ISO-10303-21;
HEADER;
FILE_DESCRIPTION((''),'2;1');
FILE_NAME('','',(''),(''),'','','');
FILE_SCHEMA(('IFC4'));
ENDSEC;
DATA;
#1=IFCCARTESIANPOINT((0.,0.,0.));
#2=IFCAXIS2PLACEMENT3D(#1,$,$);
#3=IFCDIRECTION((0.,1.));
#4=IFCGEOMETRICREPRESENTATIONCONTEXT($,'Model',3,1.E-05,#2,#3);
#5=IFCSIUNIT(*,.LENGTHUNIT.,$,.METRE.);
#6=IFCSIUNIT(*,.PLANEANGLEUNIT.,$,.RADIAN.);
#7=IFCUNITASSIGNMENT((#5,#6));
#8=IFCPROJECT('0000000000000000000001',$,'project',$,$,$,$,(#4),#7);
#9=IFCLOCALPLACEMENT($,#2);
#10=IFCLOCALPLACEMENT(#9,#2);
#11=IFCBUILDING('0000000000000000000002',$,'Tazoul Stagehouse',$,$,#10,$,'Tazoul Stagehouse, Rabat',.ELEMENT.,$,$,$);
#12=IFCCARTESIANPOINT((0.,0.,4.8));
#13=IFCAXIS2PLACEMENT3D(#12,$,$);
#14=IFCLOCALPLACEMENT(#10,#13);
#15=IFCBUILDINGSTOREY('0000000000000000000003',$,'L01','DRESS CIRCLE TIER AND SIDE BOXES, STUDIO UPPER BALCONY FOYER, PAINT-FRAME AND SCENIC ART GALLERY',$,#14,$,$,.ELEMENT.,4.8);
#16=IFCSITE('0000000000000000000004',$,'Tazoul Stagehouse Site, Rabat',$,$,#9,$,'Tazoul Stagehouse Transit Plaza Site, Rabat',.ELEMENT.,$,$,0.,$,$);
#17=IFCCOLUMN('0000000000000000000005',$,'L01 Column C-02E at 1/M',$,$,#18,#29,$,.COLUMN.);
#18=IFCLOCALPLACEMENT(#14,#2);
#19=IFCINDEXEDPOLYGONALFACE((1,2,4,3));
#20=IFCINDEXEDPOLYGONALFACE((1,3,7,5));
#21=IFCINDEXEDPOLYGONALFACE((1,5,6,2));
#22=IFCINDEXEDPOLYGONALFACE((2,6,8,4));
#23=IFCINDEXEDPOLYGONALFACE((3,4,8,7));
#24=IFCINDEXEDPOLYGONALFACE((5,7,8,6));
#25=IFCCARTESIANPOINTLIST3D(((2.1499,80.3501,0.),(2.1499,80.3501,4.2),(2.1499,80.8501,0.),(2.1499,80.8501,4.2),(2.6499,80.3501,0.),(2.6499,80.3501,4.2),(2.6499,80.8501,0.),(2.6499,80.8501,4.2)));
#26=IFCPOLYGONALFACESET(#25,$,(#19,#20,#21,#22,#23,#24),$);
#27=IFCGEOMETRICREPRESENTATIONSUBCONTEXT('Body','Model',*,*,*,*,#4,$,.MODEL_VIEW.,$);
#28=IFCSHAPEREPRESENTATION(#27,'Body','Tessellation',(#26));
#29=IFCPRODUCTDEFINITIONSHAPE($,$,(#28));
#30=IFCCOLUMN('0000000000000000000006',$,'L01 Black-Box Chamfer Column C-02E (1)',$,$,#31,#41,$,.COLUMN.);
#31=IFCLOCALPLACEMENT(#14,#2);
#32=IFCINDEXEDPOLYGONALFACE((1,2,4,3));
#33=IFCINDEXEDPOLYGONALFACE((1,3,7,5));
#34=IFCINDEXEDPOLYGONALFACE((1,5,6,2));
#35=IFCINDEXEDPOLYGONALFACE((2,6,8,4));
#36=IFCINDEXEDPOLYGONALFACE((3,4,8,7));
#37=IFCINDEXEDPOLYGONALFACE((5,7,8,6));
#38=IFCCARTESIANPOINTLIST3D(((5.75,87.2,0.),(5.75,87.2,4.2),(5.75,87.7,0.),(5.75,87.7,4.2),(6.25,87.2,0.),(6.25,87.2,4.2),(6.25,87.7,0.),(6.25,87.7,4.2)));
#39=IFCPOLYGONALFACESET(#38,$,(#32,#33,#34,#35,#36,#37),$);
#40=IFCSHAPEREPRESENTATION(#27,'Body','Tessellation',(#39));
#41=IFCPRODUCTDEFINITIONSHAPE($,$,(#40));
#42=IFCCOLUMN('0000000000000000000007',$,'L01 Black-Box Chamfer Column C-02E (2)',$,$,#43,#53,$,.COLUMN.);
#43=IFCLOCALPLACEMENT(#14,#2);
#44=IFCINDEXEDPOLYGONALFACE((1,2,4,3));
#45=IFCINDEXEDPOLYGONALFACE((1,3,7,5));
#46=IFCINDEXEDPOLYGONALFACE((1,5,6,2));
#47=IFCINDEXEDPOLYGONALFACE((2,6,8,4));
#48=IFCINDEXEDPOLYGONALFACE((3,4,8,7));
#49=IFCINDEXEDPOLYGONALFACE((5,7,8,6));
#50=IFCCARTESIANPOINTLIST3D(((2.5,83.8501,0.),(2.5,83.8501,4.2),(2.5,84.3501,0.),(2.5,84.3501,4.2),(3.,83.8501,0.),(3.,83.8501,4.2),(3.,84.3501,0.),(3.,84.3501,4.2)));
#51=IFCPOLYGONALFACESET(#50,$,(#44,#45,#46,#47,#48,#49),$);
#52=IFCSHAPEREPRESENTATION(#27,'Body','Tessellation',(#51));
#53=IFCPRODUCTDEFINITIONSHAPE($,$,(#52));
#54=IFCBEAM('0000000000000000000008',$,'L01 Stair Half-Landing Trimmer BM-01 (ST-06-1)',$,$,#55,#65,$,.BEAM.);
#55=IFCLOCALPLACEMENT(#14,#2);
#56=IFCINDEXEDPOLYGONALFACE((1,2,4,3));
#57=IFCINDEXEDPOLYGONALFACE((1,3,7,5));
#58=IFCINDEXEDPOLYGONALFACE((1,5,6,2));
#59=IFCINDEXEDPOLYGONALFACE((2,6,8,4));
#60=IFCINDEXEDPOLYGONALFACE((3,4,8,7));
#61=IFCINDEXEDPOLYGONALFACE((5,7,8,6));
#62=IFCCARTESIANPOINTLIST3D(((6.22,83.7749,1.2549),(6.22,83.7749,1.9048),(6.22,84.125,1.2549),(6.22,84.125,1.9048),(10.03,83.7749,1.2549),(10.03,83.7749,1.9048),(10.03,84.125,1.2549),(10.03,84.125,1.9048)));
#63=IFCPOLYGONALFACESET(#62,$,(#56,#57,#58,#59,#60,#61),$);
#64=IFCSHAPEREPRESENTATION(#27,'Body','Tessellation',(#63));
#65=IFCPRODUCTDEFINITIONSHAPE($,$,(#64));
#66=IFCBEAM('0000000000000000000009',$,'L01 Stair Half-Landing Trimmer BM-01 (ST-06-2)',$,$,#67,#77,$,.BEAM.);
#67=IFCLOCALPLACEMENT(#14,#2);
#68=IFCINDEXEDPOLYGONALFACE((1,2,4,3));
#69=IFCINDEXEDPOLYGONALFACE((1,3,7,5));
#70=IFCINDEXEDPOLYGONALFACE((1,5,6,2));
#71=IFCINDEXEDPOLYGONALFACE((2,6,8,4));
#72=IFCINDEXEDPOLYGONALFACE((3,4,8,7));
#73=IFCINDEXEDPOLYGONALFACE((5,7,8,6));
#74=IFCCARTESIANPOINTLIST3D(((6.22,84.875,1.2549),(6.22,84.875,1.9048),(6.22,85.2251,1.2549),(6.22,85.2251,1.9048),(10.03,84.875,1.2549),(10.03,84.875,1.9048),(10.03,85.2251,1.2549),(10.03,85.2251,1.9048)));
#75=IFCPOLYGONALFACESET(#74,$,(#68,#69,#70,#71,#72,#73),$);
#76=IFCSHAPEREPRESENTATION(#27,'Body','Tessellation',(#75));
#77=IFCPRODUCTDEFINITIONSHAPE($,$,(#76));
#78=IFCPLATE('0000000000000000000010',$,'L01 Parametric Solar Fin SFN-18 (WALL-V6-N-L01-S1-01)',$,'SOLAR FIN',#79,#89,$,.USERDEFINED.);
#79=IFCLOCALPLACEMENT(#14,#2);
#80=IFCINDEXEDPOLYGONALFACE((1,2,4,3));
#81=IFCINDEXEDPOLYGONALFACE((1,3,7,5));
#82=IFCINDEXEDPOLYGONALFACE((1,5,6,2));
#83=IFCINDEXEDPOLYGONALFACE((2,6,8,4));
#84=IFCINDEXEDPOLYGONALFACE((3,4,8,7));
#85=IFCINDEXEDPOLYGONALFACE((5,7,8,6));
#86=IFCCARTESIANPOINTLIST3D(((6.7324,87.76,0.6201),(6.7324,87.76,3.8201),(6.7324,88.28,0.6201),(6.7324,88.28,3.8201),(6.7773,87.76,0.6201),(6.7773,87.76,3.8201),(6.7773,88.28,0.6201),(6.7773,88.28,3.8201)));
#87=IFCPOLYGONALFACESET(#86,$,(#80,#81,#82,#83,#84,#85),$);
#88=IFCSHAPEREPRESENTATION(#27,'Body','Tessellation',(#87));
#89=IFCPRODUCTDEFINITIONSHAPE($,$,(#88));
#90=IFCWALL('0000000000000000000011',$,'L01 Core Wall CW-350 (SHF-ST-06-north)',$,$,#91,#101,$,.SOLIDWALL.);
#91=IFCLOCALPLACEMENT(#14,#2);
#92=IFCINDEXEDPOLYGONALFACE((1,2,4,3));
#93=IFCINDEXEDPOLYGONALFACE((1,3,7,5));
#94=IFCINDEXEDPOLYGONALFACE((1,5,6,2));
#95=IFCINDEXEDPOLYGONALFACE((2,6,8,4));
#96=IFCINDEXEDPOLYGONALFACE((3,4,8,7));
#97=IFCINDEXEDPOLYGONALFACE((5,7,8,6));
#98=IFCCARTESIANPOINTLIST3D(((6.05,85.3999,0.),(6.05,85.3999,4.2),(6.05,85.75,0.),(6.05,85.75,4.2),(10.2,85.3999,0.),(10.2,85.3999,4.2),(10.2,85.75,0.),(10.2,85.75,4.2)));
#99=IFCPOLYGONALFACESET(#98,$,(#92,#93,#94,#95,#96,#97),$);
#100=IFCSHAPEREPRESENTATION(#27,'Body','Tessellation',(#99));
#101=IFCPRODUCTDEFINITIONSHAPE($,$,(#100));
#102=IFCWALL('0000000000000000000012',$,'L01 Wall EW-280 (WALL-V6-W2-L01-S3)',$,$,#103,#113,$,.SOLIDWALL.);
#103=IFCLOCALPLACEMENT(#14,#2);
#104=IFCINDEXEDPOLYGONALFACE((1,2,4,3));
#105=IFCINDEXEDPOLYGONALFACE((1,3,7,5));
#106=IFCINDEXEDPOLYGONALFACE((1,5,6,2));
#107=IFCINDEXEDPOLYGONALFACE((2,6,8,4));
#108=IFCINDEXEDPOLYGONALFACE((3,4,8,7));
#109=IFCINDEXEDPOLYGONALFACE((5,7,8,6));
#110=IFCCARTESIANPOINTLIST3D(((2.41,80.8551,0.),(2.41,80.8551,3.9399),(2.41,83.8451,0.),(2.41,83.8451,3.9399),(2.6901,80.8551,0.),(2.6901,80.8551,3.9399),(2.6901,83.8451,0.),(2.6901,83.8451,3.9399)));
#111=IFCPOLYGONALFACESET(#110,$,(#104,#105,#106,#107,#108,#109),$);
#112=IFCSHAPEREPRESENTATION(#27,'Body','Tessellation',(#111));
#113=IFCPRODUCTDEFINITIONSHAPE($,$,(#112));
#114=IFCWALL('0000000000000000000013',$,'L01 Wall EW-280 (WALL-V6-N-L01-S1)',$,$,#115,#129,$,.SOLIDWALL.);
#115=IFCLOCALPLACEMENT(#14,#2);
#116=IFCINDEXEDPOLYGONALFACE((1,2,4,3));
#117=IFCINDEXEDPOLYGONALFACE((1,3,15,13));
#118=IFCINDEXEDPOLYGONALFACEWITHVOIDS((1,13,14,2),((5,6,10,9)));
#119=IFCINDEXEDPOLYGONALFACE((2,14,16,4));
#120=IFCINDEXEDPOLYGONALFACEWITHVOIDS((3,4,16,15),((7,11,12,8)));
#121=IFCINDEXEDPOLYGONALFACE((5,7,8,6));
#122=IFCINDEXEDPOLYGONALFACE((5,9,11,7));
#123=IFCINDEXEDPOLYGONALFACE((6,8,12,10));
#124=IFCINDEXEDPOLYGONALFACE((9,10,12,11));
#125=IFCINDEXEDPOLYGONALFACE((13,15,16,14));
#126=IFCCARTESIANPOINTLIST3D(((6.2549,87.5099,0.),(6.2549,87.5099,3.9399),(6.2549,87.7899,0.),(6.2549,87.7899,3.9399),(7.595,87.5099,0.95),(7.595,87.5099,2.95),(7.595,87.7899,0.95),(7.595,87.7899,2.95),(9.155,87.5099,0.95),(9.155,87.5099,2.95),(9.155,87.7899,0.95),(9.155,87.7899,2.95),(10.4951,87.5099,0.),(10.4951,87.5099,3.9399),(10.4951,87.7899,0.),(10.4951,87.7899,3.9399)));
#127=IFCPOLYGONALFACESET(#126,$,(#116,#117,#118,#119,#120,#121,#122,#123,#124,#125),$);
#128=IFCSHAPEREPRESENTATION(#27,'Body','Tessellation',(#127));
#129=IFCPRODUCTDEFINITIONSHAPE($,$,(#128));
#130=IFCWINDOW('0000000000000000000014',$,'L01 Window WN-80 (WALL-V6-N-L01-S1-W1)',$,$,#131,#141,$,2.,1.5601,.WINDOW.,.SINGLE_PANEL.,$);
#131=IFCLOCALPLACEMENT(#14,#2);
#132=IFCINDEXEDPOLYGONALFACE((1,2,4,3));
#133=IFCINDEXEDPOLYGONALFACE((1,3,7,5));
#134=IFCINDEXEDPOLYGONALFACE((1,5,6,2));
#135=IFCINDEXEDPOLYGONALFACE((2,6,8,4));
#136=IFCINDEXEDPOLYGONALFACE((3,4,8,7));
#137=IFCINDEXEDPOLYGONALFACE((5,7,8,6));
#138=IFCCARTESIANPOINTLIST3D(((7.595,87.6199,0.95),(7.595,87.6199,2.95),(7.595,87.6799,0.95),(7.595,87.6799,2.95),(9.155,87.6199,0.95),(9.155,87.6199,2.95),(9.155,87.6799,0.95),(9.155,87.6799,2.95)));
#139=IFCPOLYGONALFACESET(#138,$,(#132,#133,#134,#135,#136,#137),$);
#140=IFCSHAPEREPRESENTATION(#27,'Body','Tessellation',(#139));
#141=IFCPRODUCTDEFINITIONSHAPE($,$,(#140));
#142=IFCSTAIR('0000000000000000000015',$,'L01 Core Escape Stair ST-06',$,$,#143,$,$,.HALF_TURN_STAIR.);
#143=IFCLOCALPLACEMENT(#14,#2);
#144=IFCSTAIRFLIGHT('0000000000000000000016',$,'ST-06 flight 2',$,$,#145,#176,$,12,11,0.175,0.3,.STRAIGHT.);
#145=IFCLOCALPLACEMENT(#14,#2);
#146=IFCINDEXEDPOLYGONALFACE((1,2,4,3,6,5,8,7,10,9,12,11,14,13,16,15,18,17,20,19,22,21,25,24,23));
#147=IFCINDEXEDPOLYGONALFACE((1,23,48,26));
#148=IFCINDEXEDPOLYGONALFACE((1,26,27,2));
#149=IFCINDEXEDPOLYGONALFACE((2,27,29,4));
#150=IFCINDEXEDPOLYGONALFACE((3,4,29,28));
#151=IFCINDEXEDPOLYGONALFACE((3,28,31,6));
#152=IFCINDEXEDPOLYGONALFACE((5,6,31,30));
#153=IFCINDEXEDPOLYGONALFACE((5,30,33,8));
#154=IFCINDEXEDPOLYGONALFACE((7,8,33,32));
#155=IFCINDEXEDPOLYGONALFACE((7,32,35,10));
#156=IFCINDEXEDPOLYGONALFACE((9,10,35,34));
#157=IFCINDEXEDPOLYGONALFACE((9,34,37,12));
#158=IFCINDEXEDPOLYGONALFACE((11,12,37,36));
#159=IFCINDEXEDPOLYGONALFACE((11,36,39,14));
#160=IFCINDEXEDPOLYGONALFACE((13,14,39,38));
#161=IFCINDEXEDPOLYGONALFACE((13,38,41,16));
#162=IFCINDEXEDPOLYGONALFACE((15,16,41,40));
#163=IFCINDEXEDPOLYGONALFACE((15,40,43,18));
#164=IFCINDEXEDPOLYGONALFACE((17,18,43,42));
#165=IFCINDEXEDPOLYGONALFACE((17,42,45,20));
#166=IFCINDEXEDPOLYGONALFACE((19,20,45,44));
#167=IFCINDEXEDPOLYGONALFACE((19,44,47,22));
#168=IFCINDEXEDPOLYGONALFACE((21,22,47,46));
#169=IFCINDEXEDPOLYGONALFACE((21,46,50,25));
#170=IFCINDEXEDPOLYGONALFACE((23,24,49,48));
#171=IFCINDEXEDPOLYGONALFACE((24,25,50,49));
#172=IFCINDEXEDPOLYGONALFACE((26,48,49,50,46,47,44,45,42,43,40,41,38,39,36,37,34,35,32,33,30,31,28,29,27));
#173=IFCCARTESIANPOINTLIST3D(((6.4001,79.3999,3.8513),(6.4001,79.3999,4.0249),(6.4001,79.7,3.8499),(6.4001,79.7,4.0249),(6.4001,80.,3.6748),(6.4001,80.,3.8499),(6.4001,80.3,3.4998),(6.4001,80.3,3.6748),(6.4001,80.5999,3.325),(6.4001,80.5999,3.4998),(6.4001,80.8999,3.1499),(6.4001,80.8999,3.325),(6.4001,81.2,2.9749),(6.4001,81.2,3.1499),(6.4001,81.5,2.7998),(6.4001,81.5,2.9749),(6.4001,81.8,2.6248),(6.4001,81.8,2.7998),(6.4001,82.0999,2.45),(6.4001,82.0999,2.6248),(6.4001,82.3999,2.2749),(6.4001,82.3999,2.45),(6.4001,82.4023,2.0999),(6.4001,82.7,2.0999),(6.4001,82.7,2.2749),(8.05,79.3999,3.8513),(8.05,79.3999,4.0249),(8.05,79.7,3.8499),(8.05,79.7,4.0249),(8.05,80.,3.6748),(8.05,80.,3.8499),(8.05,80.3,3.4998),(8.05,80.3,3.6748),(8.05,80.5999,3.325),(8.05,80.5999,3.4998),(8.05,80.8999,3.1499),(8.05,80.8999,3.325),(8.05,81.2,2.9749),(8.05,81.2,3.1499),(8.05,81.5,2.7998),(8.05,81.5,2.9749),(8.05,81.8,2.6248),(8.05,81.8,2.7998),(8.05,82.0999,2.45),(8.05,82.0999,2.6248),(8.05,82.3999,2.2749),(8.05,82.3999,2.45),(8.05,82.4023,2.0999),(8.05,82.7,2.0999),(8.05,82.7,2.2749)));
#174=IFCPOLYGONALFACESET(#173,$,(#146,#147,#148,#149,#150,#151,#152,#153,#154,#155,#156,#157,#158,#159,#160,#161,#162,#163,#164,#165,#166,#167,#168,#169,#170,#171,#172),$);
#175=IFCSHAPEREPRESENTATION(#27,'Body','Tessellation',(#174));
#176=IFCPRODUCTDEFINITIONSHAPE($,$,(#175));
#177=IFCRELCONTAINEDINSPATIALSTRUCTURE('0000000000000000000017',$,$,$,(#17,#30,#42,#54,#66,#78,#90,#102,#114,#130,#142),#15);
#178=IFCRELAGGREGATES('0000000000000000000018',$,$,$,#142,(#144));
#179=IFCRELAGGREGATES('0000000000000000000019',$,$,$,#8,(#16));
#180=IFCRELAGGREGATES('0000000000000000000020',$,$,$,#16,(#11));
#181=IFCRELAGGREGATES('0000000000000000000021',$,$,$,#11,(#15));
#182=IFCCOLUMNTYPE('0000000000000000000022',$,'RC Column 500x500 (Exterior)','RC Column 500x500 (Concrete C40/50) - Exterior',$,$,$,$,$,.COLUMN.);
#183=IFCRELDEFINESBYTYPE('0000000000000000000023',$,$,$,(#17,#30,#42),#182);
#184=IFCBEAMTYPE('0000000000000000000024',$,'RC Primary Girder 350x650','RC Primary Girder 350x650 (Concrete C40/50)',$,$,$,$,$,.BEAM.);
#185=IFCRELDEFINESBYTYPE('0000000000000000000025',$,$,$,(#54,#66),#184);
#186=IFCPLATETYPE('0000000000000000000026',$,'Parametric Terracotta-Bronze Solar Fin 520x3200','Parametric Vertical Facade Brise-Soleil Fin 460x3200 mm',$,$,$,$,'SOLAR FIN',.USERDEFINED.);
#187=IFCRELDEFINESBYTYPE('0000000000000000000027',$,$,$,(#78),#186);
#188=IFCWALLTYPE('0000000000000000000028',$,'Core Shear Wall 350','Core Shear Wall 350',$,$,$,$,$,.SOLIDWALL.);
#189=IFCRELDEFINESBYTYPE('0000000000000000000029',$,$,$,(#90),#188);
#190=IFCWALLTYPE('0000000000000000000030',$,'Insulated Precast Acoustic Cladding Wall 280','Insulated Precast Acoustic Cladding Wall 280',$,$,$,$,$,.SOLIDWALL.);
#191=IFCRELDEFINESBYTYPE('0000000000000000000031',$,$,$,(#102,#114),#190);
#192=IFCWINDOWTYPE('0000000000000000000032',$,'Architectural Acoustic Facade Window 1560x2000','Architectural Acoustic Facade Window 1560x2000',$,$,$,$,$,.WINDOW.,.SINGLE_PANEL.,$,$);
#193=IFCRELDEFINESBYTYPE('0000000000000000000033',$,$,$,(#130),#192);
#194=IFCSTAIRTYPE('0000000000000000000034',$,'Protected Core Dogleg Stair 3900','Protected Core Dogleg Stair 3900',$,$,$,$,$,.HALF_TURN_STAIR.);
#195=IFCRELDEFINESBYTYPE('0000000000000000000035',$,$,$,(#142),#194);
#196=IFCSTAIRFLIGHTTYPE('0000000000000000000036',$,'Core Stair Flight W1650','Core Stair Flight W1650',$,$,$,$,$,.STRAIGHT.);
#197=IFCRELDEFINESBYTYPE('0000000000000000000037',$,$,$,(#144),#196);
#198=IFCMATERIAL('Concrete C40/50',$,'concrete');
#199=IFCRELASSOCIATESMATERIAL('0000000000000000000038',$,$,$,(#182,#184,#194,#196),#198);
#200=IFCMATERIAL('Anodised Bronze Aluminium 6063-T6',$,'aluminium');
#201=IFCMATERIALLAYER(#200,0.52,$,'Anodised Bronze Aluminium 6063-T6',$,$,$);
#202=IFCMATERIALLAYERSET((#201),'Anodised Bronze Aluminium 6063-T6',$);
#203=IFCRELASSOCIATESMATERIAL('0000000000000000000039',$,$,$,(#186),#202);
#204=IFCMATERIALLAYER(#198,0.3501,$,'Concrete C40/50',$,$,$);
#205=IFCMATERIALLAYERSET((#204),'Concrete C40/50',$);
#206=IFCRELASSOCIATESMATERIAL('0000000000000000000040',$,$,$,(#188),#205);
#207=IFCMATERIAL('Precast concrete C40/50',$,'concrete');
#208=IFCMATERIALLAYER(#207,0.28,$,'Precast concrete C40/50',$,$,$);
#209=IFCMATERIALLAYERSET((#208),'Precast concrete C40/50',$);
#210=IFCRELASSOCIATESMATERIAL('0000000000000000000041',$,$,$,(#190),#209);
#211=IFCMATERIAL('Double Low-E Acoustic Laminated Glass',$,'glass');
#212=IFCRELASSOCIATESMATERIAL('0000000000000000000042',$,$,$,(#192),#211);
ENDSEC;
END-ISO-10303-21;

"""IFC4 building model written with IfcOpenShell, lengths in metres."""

from ifc_helpers import new_model, si_unit, direction, frame, frame_2d, origin, origin_2d, place, context, subcontext, project, spatial, polyline, rectangle, outline, extrude, material, layer, layer_set, material_profile, profile_set, type_object, element, fill, aggregate, save


model = new_model("IFC4")

# Units and contexts
model_context = context("Model", 3, precision=1e-05, world=origin(), true_north=direction((0.0, 1.0)))
body_context = subcontext(model_context, "Body", "Model", "MODEL_VIEW")
ifc_project = project(units=[si_unit("LENGTHUNIT", "METRE"), si_unit("PLANEANGLEUNIT", "RADIAN")], contexts=[model_context])

# Site, building, storey
site_placement = place(None, origin())
site = spatial("IfcSite", under=ifc_project, at=site_placement, Name="Tazoul Stagehouse Site, Rabat", LongName="Tazoul Stagehouse Transit Plaza Site, Rabat", CompositionType="ELEMENT", RefElevation=0.0)
building_placement = place(site_placement, origin())
building = spatial("IfcBuilding", under=site, at=building_placement, Name="Tazoul Stagehouse", LongName="Tazoul Stagehouse, Rabat", CompositionType="ELEMENT")
storey_placement = place(building_placement, frame((0.0, 0.0, 4.8)))
storey = spatial("IfcBuildingStorey", under=building, at=storey_placement, Name="L01", Description="DRESS CIRCLE TIER AND SIDE BOXES, STUDIO UPPER BALCONY FOYER, PAINT-FRAME AND SCENIC ART GALLERY", CompositionType="ELEMENT", Elevation=4.8)

# Columns
ifc_material_1 = material(Name="Concrete C40/50", Category="concrete")
ifc_material_profile_1 = material_profile(ifc_material_1, rectangle(XDim=0.5, YDim=0.5, at=origin_2d()), Name="RC 500x500")
ifc_profile_set_1 = profile_set([ifc_material_profile_1], Name="Concrete C40/50")
column_type = type_object("IfcColumnType", Name="RC Column 500x500 (Exterior)", Description="RC Column 500x500 (Concrete C40/50) - Exterior", PredefinedType="COLUMN", material=ifc_profile_set_1)
for number, where, z_axis, x_axis, name in (
    (1, (2.3999, 80.6001, 0.0), (0.0, 0.0, 1.0), (1.0, 0.0, 0.0), "L01 Column C-02E at 1/M"),
    (2, (6.0, 87.45, 0.0), (0.0, 0.0, 1.0), (1.0, 0.0, 0.0), "L01 Black-Box Chamfer Column C-02E (1)"),
    (3, (2.75, 84.1001, 0.0), (0.0, 0.0, 1.0), (1.0, 0.0, 0.0), "L01 Black-Box Chamfer Column C-02E (2)"),
):
    element("IfcColumn", number, at=place(storey_placement, frame(where, z_axis=z_axis, x_axis=x_axis)), inside=storey, type_object=column_type, Name=name, PredefinedType="COLUMN", context=body_context, shape_type="SweptSolid", body=[
        extrude(rectangle(XDim=0.5, YDim=0.5, at=origin_2d()), origin(), (0.0, 0.0, 1.0), 4.2),
    ])

# Shared definitions
ifc_material_2 = material(Name="Anodised Bronze Aluminium 6063-T6", Category="aluminium")

# Beams
ifc_material_profile_2 = material_profile(ifc_material_1, rectangle(XDim=0.3501, YDim=0.6499, at=origin_2d()), Name="RC 350x650")
ifc_profile_set_2 = profile_set([ifc_material_profile_2], Name="Concrete C40/50")
beam_type = type_object("IfcBeamType", Name="RC Primary Girder 350x650", Description="RC Primary Girder 350x650 (Concrete C40/50)", PredefinedType="BEAM", material=ifc_profile_set_2)
for number, where, z_axis, x_axis, name in (
    (4, (6.22, 83.95, 1.5798), (1.0, 0.0, 0.0), (0.0, 1.0, 0.0), "L01 Stair Half-Landing Trimmer BM-01 (ST-06-1)"),
    (5, (6.22, 85.05, 1.5798), (1.0, 0.0, 0.0), (0.0, 1.0, 0.0), "L01 Stair Half-Landing Trimmer BM-01 (ST-06-2)"),
):
    element("IfcBeam", number, at=place(storey_placement, frame(where, z_axis=z_axis, x_axis=x_axis)), inside=storey, type_object=beam_type, Name=name, PredefinedType="BEAM", context=body_context, shape_type="SweptSolid", body=[
        extrude(rectangle(XDim=0.3501, YDim=0.6499, at=origin_2d()), origin(), (0.0, 0.0, 1.0), 3.8101),
    ])

# Plate
ifc_layer_1 = layer(ifc_material_2, 0.52, Name="Anodised Bronze Aluminium 6063-T6")
ifc_layer_set_1 = layer_set([ifc_layer_1], Name="Anodised Bronze Aluminium 6063-T6")
plate_type_1 = type_object("IfcPlateType", Name="Parametric Terracotta-Bronze Solar Fin 520x3200", Description="Parametric Vertical Facade Brise-Soleil Fin 460x3200 mm", ElementType="SOLAR FIN", PredefinedType="USERDEFINED", material=ifc_layer_set_1)
plate_1_placement = place(storey_placement, frame((6.7549, 88.02, 0.6201), z_axis=(0.0, 0.0, 1.0), x_axis=(1.0, 0.0, 0.0)))
element("IfcPlate", 6, at=plate_1_placement, inside=storey, type_object=plate_type_1, Name="L01 Parametric Solar Fin SFN-18 (WALL-V6-N-L01-S1-01)", ObjectType="SOLAR FIN", PredefinedType="USERDEFINED", context=body_context, shape_type="SweptSolid", body=[
    extrude(rectangle(XDim=0.0449, YDim=0.52, at=origin_2d()), origin(), (0.0, 0.0, 1.0), 3.2),
])

# Wall
ifc_layer_2 = layer(ifc_material_1, 0.3501, Name="Concrete C40/50")
ifc_layer_set_2 = layer_set([ifc_layer_2], Name="Concrete C40/50")
wall_type_1 = type_object("IfcWallType", Name="Core Shear Wall 350", Description="Core Shear Wall 350", PredefinedType="SOLIDWALL", material=ifc_layer_set_2)
wall_1_placement = place(storey_placement, frame((6.05, 85.575, 0.0), z_axis=(0.0, 0.0, 1.0), x_axis=(1.0, 0.0, 0.0)))
element("IfcWall", 7, at=wall_1_placement, inside=storey, type_object=wall_type_1, Name="L01 Core Wall CW-350 (SHF-ST-06-north)", PredefinedType="SOLIDWALL", context=body_context, shape_type="SweptSolid", body=[
    extrude(rectangle(XDim=4.1499, YDim=0.3501, at=frame_2d((2.075, 0.0))), origin(), (0.0, 0.0, 1.0), 4.2),
])

# Wall
ifc_material_3 = material(Name="Precast concrete C40/50", Category="concrete")
ifc_layer_3 = layer(ifc_material_3, 0.28, Name="Precast concrete C40/50")
ifc_layer_set_3 = layer_set([ifc_layer_3], Name="Precast concrete C40/50")
wall_type_2 = type_object("IfcWallType", Name="Insulated Precast Acoustic Cladding Wall 280", Description="Insulated Precast Acoustic Cladding Wall 280", PredefinedType="SOLIDWALL", material=ifc_layer_set_3)
wall_2_placement = place(storey_placement, frame((2.55, 80.855, 0.0), z_axis=(0.0, 0.0, 1.0), x_axis=(0.0, 1.0, 0.0)))
element("IfcWall", 8, at=wall_2_placement, inside=storey, type_object=wall_type_2, Name="L01 Wall EW-280 (WALL-V6-W2-L01-S3)", PredefinedType="SOLIDWALL", context=body_context, shape_type="SweptSolid", body=[
    extrude(rectangle(XDim=2.99, YDim=0.28, at=frame_2d((1.4951, 0.0))), origin(), (0.0, 0.0, 1.0), 3.9399),
])

# Wall, opening, window
wall_3_placement = place(storey_placement, frame((6.2549, 87.6499, 0.0), z_axis=(0.0, 0.0, 1.0), x_axis=(1.0, 0.0, 0.0)))
wall_3 = element("IfcWall", 9, at=wall_3_placement, inside=storey, type_object=wall_type_2, Name="L01 Wall EW-280 (WALL-V6-N-L01-S1)", PredefinedType="SOLIDWALL", context=body_context, shape_type="SweptSolid", body=[
    extrude(rectangle(XDim=4.2402, YDim=0.28, at=frame_2d((2.1201, 0.0))), origin(), (0.0, 0.0, 1.0), 3.9399),
])
opening_placement = place(wall_3_placement, frame((1.3401, 0.0, 0.95)))
opening = element("IfcOpeningElement", 10, at=opening_placement, cuts=wall_3, PredefinedType="OPENING", context=body_context, shape_type="SweptSolid", body=[
    extrude(rectangle(XDim=1.5601, YDim=2.0, at=frame_2d((0.78, 1.0))), frame((0.0, 0.1599, 0.0), z_axis=(0.0, -1.0, 0.0), x_axis=(1.0, 0.0, 0.0)), (0.0, 0.0, 1.0), 0.3201),
])
ifc_material_4 = material(Name="Double Low-E Acoustic Laminated Glass", Category="glass")
window_type = type_object("IfcWindowType", Name="Architectural Acoustic Facade Window 1560x2000", Description="Architectural Acoustic Facade Window 1560x2000", PartitioningType="SINGLE_PANEL", PredefinedType="WINDOW", material=ifc_material_4)
window_placement = place(opening_placement, origin())
window = element("IfcWindow", 11, at=window_placement, inside=storey, type_object=window_type, Name="L01 Window WN-80 (WALL-V6-N-L01-S1-W1)", OverallHeight=2.0, OverallWidth=1.5601, PartitioningType="SINGLE_PANEL", PredefinedType="WINDOW", context=body_context, shape_type="SweptSolid", body=[
    extrude(rectangle(XDim=1.5601, YDim=2.0, at=frame_2d((0.78, 1.0))), frame((0.0, 0.03, 0.0), z_axis=(0.0, -1.0, 0.0), x_axis=(1.0, 0.0, 0.0)), (0.0, 0.0, 1.0), 0.0601),
])
fill(opening, window)

# Stair, stair flight
stair_type = type_object("IfcStairType", Name="Protected Core Dogleg Stair 3900", Description="Protected Core Dogleg Stair 3900", PredefinedType="HALF_TURN_STAIR", material=ifc_material_1)
stair_placement = place(storey_placement, origin())
stair = element("IfcStair", 12, at=stair_placement, inside=storey, type_object=stair_type, Name="L01 Core Escape Stair ST-06", PredefinedType="HALF_TURN_STAIR")
stair_flight_type = type_object("IfcStairFlightType", Name="Core Stair Flight W1650", Description="Core Stair Flight W1650", PredefinedType="STRAIGHT", material=ifc_material_1)
stair_flight_placement = place(storey_placement, frame((7.2251, 82.7, 2.0999), z_axis=(0.0, 0.0, 1.0), x_axis=(0.0, -1.0, 0.0)))
stair_flight = element("IfcStairFlight", 13, at=stair_flight_placement, type_object=stair_flight_type, Name="ST-06 flight 2", NumberOfRisers=12, NumberOfTreads=11, PredefinedType="STRAIGHT", RiserHeight=0.175, TreadLength=0.3, context=body_context, shape_type="SweptSolid", body=[
    extrude(outline(polyline([(0.0, 0.0), (0.0, 0.175), (0.3, 0.175), (0.3, 0.3501), (0.6001, 0.3501), (0.6001, 0.5249), (0.8999, 0.5249), (0.8999, 0.7), (1.2, 0.7), (1.2, 0.875), (1.5, 0.875), (1.5, 1.05), (1.8, 1.05), (1.8, 1.2251), (2.1001, 1.2251), (2.1001, 1.3999), (2.3999, 1.3999), (2.3999, 1.575), (2.7, 1.575), (2.7, 1.75), (3.0, 1.75), (3.0, 1.925), (3.3, 1.925), (3.3, 2.1001), (3.3, 1.7515), (0.2976, 0.0), (0.0, 0.0)])), frame((0.0, 0.825, 0.0), z_axis=(0.0, -1.0, 0.0), x_axis=(1.0, 0.0, 0.0)), (0.0, 0.0, 1.0), 1.6499),
])
aggregate(stair, [stair_flight])

save(model, "model.ifc")
